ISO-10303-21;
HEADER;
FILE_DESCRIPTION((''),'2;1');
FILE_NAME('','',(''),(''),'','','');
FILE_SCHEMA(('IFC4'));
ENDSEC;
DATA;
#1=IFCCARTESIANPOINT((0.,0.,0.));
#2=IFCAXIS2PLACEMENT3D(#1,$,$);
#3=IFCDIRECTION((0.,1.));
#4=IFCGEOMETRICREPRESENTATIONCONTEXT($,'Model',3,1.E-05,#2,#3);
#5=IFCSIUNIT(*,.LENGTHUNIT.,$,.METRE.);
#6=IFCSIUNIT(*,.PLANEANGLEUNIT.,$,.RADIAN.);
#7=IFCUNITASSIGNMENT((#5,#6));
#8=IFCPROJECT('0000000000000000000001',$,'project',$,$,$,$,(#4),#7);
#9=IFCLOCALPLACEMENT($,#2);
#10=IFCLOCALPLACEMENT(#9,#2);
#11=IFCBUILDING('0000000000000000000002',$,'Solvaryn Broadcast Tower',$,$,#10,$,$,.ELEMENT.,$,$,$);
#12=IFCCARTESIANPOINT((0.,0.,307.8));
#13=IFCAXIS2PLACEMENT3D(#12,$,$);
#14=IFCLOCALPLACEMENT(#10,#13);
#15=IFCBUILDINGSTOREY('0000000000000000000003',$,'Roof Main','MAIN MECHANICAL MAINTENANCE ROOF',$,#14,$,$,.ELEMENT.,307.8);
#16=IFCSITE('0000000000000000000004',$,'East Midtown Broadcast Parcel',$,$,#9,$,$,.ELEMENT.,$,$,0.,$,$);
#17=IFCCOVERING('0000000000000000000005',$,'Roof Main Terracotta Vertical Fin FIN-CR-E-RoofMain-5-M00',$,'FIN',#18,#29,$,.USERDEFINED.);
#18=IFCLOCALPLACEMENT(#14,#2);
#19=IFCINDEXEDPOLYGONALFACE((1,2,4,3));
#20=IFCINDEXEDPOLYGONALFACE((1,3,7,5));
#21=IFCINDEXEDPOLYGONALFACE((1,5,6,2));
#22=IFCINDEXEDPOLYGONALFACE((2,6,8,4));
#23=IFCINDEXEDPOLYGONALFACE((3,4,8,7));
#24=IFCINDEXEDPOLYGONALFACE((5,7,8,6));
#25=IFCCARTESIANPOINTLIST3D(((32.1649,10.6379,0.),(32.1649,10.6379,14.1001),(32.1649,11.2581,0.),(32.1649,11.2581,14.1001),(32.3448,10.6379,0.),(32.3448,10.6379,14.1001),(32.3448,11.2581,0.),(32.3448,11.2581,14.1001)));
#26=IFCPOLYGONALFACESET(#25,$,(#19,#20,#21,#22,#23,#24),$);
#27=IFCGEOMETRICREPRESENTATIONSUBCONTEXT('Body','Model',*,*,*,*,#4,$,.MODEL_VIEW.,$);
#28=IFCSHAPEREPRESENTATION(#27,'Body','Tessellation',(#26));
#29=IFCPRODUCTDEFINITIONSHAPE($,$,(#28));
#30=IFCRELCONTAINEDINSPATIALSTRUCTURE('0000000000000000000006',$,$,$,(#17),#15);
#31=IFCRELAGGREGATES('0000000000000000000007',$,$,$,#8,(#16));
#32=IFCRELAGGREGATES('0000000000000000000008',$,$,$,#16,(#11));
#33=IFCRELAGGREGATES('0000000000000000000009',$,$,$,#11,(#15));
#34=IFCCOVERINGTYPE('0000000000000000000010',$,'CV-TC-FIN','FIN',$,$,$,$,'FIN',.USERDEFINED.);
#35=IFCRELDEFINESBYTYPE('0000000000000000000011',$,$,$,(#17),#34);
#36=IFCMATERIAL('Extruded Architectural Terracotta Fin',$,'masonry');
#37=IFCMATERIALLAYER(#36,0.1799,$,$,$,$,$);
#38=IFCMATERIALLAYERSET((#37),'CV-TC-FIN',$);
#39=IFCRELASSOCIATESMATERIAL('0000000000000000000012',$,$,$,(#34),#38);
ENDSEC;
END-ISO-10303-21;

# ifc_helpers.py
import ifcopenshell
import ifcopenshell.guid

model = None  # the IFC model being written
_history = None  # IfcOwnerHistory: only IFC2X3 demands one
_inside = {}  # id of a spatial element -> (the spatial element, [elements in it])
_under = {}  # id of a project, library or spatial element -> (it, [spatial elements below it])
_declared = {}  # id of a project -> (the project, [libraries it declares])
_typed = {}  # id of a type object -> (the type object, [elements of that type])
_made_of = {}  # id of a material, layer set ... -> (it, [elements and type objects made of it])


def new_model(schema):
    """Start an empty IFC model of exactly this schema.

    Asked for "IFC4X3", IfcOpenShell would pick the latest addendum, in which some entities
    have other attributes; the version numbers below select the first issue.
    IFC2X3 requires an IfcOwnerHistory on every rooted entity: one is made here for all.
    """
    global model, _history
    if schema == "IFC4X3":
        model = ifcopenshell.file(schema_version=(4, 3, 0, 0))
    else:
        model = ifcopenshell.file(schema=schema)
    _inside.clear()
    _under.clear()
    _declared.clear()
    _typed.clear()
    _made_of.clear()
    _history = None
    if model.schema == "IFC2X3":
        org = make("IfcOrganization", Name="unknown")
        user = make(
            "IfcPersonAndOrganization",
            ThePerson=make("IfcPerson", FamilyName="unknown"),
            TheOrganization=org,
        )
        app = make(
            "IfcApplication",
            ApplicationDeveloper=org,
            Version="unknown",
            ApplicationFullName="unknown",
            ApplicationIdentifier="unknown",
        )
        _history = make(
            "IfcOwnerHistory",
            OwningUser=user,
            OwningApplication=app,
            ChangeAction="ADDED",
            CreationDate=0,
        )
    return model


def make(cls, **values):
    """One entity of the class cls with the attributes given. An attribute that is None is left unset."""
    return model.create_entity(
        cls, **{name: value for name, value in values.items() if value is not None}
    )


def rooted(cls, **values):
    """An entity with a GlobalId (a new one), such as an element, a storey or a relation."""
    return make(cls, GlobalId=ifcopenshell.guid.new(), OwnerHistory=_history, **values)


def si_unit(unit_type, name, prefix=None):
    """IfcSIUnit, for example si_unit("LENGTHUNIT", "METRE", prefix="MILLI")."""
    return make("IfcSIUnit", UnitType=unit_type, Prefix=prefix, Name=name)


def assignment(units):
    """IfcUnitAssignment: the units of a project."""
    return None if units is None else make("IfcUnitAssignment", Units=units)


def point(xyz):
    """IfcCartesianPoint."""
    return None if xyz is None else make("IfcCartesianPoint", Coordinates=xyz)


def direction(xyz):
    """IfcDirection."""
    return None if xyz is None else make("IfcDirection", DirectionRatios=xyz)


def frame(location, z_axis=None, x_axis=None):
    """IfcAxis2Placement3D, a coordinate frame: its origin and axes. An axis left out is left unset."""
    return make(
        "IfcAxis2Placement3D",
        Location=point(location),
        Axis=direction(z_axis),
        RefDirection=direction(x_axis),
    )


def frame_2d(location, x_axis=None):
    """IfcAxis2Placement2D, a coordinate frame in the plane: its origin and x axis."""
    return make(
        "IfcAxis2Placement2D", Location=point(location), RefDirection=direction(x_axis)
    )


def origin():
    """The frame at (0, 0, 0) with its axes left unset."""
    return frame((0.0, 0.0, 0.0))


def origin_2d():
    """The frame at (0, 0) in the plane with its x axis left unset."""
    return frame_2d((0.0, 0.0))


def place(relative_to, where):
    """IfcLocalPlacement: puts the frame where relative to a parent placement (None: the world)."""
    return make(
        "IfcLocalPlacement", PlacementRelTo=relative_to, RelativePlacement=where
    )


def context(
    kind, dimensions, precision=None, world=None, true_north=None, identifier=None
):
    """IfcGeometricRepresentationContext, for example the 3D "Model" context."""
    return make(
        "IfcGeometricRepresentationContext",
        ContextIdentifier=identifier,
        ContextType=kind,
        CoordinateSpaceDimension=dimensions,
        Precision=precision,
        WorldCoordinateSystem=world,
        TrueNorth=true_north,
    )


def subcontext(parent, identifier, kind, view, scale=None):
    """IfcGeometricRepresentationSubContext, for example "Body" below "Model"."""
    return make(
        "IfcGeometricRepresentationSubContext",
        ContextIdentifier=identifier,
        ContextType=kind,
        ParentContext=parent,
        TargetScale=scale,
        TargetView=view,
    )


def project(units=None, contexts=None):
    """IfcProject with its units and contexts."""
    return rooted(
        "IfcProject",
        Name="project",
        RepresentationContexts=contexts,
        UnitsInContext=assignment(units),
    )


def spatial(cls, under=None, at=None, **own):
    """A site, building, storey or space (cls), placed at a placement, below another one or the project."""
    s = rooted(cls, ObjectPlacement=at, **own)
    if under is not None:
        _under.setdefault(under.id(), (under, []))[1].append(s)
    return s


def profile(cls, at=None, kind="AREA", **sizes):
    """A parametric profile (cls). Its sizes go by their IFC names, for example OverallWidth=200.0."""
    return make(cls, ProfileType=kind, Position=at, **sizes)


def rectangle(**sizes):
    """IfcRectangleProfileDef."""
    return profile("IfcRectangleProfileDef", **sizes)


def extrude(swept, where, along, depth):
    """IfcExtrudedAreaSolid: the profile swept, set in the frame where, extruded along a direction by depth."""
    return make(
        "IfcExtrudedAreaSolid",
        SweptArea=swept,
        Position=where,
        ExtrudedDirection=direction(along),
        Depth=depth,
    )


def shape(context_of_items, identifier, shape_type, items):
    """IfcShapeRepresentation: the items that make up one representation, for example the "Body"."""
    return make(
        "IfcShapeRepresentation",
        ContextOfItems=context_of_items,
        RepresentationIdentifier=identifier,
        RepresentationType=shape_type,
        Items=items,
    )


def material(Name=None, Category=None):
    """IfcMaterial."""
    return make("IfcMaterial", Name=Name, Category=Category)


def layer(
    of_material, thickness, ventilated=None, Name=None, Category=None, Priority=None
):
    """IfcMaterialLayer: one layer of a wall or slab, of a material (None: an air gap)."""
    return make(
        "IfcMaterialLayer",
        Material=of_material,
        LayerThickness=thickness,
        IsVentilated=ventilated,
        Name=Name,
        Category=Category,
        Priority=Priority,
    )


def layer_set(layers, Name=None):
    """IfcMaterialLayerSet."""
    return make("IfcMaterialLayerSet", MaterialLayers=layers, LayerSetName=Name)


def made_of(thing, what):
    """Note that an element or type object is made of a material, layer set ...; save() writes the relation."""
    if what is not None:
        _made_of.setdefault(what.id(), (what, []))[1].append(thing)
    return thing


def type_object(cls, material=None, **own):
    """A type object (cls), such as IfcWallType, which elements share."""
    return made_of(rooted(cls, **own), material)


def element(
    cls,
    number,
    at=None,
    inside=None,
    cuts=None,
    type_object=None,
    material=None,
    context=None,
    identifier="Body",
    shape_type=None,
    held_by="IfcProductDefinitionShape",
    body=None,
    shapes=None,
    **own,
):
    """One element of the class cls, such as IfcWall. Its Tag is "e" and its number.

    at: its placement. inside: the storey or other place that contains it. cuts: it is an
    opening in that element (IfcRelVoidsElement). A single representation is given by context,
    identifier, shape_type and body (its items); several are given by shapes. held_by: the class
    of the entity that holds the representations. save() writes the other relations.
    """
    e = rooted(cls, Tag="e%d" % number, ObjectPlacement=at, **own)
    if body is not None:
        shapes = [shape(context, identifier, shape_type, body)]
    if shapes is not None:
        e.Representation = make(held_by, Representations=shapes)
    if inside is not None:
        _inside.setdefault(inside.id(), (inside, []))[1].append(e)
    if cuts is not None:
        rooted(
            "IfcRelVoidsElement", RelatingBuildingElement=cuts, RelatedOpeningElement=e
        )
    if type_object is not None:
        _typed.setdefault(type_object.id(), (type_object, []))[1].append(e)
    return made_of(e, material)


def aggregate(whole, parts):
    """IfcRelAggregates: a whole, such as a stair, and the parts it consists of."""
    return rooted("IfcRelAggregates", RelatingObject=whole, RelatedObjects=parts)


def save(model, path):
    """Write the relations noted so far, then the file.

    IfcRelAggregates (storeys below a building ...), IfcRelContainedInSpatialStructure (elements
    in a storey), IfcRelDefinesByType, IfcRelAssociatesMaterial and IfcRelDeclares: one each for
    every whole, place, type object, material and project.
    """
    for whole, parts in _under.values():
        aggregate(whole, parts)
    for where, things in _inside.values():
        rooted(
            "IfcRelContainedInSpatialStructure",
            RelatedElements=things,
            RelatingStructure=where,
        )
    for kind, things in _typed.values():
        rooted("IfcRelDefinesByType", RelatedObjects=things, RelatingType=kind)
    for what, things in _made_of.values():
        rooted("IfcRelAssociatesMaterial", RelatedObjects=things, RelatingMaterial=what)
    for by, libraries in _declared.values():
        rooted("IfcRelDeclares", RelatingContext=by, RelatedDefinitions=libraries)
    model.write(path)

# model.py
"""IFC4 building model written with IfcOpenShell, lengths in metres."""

from ifc_helpers import new_model, si_unit, direction, frame, origin, origin_2d, place, context, subcontext, project, spatial, rectangle, extrude, material, layer, layer_set, type_object, element, save


model = new_model("IFC4")

# Units and contexts
model_context = context("Model", 3, precision=1e-05, world=origin(), true_north=direction((0.0, 1.0)))
body_context = subcontext(model_context, "Body", "Model", "MODEL_VIEW")
ifc_project = project(units=[si_unit("LENGTHUNIT", "METRE"), si_unit("PLANEANGLEUNIT", "RADIAN")], contexts=[model_context])

# Site, building, storey
site_placement = place(None, origin())
site = spatial("IfcSite", under=ifc_project, at=site_placement, Name="East Midtown Broadcast Parcel", CompositionType="ELEMENT", RefElevation=0.0)
building_placement = place(site_placement, origin())
building = spatial("IfcBuilding", under=site, at=building_placement, Name="Solvaryn Broadcast Tower", CompositionType="ELEMENT")
storey_placement = place(building_placement, frame((0.0, 0.0, 307.8)))
storey = spatial("IfcBuildingStorey", under=building, at=storey_placement, Name="Roof Main", Description="MAIN MECHANICAL MAINTENANCE ROOF", CompositionType="ELEMENT", Elevation=307.8)

# Covering
ifc_material_1 = material(Name="Extruded Architectural Terracotta Fin", Category="masonry")
ifc_layer_1 = layer(ifc_material_1, 0.1799)
ifc_layer_set_1 = layer_set([ifc_layer_1], Name="CV-TC-FIN")
covering_type = type_object("IfcCoveringType", Name="CV-TC-FIN", Description="FIN", ElementType="FIN", PredefinedType="USERDEFINED", material=ifc_layer_set_1)
covering_placement = place(storey_placement, frame((32.2549, 10.948, 0.0), z_axis=(0.0, 0.0, 1.0), x_axis=(1.0, 0.0, 0.0)))
element("IfcCovering", 1, at=covering_placement, inside=storey, type_object=covering_type, Name="Roof Main Terracotta Vertical Fin FIN-CR-E-RoofMain-5-M00", ObjectType="FIN", PredefinedType="USERDEFINED", context=body_context, shape_type="SweptSolid", body=[
    extrude(rectangle(XDim=0.1799, YDim=0.6201, at=origin_2d()), origin(), (0.0, 0.0, 1.0), 14.1001),
])

save(model, "model.ifc")
